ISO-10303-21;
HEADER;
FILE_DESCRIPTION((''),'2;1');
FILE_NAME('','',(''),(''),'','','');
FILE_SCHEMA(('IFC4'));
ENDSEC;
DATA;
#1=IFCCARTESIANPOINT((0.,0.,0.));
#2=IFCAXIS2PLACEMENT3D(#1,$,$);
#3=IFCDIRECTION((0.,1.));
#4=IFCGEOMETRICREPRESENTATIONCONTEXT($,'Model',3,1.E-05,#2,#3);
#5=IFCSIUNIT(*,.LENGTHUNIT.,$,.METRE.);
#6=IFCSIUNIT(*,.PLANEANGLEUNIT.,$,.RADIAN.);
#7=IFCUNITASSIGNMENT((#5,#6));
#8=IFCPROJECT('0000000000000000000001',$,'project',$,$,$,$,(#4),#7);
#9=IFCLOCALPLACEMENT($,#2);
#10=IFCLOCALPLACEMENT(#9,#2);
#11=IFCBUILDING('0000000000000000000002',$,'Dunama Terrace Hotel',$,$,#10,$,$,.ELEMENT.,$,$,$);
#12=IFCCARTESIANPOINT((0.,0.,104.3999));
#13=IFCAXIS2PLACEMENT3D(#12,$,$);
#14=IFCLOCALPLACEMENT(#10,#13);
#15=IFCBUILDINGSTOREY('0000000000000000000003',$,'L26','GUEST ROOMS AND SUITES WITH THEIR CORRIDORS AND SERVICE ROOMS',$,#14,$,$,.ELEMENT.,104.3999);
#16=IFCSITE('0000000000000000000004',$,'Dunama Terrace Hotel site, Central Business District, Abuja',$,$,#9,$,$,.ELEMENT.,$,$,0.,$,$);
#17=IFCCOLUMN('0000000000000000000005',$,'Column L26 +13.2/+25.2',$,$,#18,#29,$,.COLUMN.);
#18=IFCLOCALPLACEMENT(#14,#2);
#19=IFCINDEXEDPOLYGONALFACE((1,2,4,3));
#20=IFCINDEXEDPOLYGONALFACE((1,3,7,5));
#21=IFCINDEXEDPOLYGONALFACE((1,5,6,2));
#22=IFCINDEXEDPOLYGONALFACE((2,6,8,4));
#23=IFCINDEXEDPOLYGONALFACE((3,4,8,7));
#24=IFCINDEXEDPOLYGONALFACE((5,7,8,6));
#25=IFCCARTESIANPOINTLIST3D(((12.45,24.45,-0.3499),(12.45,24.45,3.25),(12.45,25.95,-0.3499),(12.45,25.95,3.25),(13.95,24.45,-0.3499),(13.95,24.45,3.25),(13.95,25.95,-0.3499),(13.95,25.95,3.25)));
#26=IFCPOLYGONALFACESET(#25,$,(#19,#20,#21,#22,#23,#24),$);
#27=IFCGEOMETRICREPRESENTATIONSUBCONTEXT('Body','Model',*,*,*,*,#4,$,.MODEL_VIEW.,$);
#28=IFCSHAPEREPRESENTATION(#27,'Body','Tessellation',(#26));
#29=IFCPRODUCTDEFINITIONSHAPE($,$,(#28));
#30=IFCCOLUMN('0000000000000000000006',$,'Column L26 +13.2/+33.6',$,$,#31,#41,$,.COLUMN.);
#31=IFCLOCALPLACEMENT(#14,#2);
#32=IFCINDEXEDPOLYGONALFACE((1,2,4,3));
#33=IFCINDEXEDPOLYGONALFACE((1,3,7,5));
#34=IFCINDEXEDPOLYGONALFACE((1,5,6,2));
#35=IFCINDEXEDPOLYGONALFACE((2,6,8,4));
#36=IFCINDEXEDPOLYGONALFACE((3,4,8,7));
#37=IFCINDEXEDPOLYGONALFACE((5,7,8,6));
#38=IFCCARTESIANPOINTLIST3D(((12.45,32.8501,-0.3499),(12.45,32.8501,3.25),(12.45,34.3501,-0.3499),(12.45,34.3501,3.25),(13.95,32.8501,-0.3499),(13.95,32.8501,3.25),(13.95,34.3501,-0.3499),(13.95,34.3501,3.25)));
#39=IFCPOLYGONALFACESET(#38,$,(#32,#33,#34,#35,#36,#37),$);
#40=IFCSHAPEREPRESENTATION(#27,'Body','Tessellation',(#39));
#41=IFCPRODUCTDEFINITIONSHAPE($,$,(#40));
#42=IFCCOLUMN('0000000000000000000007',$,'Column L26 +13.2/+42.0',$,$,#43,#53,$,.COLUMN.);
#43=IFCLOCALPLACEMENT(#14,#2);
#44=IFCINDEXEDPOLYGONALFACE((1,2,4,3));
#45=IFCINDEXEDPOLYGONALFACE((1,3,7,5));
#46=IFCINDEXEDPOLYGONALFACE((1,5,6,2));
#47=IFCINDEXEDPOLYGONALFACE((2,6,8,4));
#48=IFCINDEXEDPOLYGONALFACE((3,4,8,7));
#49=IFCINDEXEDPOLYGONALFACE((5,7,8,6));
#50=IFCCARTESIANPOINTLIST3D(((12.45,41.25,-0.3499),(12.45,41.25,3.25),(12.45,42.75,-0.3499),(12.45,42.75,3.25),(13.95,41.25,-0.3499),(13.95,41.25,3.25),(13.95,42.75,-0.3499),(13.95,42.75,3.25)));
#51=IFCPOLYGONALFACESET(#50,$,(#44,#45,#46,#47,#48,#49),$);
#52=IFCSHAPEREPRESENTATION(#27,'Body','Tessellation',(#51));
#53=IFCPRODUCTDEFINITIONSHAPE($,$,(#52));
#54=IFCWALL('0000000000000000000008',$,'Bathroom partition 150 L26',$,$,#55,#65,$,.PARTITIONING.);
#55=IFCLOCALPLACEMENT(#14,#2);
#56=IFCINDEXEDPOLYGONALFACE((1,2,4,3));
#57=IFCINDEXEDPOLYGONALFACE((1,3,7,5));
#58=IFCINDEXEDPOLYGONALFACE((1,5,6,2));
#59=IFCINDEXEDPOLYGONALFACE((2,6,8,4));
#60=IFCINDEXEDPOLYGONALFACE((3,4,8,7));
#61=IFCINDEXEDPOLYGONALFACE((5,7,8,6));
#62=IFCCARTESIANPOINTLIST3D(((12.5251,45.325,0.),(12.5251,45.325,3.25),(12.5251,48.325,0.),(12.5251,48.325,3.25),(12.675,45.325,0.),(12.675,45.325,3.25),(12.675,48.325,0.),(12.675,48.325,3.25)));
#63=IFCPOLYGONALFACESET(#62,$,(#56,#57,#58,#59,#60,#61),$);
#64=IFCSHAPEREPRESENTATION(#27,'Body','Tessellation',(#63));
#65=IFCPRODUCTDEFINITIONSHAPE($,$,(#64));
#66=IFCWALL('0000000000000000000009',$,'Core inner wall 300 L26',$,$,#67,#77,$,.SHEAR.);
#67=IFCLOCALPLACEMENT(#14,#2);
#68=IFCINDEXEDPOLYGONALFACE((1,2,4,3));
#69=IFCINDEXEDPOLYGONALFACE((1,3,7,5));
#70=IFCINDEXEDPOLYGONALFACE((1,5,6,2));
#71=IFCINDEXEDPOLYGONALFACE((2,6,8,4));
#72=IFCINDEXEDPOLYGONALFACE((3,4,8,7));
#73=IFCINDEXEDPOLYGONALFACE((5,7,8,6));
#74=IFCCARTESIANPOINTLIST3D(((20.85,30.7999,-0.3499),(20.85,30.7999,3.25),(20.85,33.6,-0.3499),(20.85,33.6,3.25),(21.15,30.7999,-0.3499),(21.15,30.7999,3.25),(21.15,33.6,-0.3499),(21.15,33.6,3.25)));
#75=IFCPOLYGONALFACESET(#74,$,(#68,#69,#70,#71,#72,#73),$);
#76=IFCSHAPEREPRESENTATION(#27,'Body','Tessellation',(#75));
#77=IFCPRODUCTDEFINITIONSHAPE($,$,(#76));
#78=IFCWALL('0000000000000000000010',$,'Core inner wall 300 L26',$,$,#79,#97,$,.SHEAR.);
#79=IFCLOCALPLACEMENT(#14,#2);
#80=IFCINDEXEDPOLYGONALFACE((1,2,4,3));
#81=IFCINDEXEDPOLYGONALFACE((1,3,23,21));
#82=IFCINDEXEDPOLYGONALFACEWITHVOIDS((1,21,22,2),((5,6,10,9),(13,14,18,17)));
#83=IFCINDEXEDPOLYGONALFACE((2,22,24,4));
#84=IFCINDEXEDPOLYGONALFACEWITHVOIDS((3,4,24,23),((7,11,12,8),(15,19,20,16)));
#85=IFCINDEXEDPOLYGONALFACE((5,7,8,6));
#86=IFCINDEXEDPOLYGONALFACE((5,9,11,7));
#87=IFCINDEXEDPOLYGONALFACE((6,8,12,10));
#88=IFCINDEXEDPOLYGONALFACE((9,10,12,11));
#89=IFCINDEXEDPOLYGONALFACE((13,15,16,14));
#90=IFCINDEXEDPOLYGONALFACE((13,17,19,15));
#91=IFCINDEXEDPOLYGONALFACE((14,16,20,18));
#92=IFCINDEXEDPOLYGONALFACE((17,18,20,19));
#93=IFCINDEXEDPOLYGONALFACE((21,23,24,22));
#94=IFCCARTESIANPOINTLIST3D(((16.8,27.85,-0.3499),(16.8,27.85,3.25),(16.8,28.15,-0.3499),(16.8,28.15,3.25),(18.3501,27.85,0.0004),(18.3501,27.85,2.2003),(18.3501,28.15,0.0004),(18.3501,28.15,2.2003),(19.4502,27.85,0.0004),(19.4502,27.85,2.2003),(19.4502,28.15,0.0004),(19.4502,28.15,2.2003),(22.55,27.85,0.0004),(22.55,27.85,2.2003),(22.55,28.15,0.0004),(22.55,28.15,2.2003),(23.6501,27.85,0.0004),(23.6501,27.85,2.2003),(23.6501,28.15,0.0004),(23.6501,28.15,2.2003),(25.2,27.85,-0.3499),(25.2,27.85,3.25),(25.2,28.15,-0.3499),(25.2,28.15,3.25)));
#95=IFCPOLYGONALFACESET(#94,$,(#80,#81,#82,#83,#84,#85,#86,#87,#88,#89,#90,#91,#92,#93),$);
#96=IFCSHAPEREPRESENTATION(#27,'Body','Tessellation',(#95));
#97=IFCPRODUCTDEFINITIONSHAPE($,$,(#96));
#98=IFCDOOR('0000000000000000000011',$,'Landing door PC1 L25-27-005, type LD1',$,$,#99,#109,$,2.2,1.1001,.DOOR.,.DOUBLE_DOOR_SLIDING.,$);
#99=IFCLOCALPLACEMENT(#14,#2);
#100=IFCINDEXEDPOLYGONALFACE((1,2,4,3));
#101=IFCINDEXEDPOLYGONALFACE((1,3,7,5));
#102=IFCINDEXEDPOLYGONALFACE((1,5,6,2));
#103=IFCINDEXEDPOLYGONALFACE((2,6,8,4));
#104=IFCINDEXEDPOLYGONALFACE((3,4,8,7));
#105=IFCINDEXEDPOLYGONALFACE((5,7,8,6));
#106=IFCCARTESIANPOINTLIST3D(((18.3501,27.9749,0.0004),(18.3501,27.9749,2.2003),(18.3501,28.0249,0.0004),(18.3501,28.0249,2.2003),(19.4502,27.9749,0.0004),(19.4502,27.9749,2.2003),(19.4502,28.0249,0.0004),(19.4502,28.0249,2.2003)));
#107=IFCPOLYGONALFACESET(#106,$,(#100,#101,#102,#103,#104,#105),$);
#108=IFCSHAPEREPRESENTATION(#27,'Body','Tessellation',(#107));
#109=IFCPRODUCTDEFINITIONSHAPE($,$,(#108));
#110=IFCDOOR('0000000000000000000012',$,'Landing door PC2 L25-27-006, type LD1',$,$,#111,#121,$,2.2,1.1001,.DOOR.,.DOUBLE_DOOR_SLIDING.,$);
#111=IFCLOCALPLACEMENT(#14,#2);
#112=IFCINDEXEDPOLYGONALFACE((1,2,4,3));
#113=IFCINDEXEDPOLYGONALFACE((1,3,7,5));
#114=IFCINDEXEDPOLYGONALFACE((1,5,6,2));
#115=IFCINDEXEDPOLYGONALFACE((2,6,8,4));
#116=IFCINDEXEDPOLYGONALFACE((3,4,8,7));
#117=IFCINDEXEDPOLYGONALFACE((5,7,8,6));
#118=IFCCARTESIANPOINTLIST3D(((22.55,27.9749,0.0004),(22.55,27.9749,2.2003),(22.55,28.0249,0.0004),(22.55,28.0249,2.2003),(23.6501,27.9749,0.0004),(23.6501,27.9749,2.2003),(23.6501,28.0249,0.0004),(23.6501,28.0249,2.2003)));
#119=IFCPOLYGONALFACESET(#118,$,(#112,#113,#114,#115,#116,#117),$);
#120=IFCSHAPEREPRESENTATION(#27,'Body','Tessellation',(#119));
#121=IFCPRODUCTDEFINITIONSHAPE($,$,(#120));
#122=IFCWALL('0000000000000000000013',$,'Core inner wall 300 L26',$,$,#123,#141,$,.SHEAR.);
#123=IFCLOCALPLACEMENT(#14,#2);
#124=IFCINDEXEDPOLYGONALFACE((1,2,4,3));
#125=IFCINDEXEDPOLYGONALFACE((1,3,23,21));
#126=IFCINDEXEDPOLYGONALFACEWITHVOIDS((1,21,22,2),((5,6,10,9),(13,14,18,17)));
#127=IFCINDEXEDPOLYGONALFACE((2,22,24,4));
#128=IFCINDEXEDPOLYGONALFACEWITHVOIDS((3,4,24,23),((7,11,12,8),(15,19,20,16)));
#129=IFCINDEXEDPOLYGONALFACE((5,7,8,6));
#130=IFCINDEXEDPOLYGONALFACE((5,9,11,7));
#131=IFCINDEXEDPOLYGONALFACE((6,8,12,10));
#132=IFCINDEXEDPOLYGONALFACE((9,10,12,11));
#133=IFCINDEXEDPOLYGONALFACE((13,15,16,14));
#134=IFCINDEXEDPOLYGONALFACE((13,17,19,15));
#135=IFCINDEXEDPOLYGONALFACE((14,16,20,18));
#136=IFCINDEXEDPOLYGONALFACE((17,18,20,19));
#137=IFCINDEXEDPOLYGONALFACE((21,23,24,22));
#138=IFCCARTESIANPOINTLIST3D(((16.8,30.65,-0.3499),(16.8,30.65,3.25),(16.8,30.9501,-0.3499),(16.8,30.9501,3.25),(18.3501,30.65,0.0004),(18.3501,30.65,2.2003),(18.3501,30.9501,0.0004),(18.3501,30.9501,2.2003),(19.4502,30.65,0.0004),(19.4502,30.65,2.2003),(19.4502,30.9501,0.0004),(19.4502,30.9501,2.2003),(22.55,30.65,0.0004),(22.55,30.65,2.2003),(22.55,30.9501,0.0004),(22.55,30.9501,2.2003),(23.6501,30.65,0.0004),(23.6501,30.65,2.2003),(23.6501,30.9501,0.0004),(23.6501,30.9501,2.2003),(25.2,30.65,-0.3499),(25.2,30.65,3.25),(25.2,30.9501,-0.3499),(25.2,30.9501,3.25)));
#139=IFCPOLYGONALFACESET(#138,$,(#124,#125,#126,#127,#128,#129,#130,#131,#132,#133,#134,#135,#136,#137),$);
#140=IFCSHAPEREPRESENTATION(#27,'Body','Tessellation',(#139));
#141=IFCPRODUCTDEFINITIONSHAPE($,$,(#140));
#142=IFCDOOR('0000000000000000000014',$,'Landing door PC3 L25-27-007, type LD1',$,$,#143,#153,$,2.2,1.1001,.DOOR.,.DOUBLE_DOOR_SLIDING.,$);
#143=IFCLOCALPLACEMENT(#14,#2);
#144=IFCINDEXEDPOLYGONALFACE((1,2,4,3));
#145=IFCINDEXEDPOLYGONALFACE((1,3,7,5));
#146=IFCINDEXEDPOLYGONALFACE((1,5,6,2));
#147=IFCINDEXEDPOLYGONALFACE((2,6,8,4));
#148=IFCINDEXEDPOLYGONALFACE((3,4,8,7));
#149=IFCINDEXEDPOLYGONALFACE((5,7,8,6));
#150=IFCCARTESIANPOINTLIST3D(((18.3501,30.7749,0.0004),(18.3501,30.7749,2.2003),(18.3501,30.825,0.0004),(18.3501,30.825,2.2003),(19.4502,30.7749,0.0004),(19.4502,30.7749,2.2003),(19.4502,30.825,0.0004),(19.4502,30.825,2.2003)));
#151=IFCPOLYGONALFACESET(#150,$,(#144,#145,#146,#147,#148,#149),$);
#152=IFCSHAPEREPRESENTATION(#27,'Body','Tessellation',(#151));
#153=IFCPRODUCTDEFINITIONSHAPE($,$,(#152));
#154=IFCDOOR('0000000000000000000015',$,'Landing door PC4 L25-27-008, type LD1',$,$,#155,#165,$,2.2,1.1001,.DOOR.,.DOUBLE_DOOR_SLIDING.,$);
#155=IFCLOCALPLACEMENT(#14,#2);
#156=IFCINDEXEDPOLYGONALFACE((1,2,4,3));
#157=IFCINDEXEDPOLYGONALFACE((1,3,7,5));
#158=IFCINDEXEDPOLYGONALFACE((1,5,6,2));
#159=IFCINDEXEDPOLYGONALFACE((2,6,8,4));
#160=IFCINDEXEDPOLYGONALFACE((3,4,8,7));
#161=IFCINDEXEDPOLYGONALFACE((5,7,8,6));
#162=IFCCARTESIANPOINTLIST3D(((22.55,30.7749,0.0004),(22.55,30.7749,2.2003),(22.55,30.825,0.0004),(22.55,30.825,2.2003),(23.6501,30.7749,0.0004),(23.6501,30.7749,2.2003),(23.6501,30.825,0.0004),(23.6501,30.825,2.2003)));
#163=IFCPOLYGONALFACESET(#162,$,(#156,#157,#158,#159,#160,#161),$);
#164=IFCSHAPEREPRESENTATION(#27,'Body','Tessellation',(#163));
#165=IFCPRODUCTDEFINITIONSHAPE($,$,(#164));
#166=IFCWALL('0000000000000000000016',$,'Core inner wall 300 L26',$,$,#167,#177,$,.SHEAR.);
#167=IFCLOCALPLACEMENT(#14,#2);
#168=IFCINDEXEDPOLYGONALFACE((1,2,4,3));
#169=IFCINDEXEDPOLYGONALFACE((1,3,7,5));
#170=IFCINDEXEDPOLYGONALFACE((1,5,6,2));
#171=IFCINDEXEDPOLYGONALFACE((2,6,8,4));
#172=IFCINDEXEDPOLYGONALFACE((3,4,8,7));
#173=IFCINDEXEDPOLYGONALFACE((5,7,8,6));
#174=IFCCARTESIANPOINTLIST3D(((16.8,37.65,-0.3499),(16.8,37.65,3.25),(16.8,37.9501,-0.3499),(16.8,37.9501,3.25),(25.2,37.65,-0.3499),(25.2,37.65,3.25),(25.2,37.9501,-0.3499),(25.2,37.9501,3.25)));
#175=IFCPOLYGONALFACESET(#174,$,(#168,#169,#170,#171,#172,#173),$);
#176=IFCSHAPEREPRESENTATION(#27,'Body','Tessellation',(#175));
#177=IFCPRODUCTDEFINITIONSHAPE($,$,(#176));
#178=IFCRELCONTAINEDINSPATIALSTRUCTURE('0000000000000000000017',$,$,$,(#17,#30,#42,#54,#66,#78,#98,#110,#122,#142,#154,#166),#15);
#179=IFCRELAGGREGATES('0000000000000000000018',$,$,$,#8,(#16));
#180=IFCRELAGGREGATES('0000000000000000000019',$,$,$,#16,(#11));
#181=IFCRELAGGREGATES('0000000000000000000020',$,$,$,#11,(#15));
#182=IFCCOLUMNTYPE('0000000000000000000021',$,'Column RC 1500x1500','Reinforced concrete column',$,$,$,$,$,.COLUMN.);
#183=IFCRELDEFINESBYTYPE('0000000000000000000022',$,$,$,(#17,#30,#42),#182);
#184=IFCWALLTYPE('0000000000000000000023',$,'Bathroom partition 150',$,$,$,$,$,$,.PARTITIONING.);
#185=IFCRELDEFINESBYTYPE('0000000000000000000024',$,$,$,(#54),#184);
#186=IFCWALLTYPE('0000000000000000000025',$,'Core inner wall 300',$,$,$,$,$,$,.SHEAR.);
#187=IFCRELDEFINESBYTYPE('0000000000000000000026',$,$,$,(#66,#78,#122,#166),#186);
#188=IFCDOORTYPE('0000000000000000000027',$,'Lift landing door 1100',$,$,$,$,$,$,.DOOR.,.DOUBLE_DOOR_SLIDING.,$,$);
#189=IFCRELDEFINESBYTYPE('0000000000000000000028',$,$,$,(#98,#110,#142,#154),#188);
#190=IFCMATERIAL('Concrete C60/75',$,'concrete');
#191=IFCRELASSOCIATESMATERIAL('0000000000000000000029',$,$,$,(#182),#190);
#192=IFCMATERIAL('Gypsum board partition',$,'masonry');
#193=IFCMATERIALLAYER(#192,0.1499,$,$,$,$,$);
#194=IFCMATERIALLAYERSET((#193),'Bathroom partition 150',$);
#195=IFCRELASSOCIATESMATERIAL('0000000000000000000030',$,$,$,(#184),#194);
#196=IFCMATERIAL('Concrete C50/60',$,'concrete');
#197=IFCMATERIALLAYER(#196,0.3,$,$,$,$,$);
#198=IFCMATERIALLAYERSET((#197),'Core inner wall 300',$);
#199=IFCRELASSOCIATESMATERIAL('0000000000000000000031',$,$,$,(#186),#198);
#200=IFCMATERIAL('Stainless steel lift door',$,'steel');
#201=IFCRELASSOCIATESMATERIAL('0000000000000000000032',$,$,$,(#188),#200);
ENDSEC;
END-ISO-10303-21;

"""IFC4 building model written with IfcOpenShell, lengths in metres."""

from ifc_helpers import new_model, si_unit, direction, frame, frame_2d, origin, origin_2d, place, context, subcontext, project, spatial, rectangle, extrude, material, layer, layer_set, material_profile, profile_set, type_object, element, fill, save


model = new_model("IFC4")

# Units and contexts
model_context = context("Model", 3, precision=1e-05, world=origin(), true_north=direction((0.0, 1.0)))
body_context = subcontext(model_context, "Body", "Model", "MODEL_VIEW")
ifc_project = project(units=[si_unit("LENGTHUNIT", "METRE"), si_unit("PLANEANGLEUNIT", "RADIAN")], contexts=[model_context])

# Site, building, storey
site_placement = place(None, origin())
site = spatial("IfcSite", under=ifc_project, at=site_placement, Name="Dunama Terrace Hotel site, Central Business District, Abuja", CompositionType="ELEMENT", RefElevation=0.0)
building_placement = place(site_placement, origin())
building = spatial("IfcBuilding", under=site, at=building_placement, Name="Dunama Terrace Hotel", CompositionType="ELEMENT")
storey_placement = place(building_placement, frame((0.0, 0.0, 104.3999)))
storey = spatial("IfcBuildingStorey", under=building, at=storey_placement, Name="L26", Description="GUEST ROOMS AND SUITES WITH THEIR CORRIDORS AND SERVICE ROOMS", CompositionType="ELEMENT", Elevation=104.3999)

# Columns
ifc_material_1 = material(Name="Concrete C60/75", Category="concrete")
ifc_material_profile = material_profile(ifc_material_1, rectangle(XDim=1.5, YDim=1.5, at=origin_2d()), Name="RC 1500x1500")
ifc_profile_set = profile_set([ifc_material_profile], Name="Concrete C60/75")
column_type = type_object("IfcColumnType", Name="Column RC 1500x1500", Description="Reinforced concrete column", PredefinedType="COLUMN", material=ifc_profile_set)
for number, where, z_axis, x_axis, name in (
    (1, (13.2, 25.2, -0.3499), (0.0, 0.0, 1.0), (1.0, 0.0, 0.0), "Column L26 +13.2/+25.2"),
    (2, (13.2, 33.6001, -0.3499), (0.0, 0.0, 1.0), (1.0, 0.0, 0.0), "Column L26 +13.2/+33.6"),
    (3, (13.2, 42.0, -0.3499), (0.0, 0.0, 1.0), (1.0, 0.0, 0.0), "Column L26 +13.2/+42.0"),
):
    element("IfcColumn", number, at=place(storey_placement, frame(where, z_axis=z_axis, x_axis=x_axis)), inside=storey, type_object=column_type, Name=name, PredefinedType="COLUMN", context=body_context, shape_type="SweptSolid", body=[
        extrude(rectangle(XDim=1.5, YDim=1.5, at=origin_2d()), origin(), (0.0, 0.0, 1.0), 3.5999),
    ])

# Walls
ifc_material_2 = material(Name="Gypsum board partition", Category="masonry")
ifc_layer_1 = layer(ifc_material_2, 0.1499)
ifc_layer_set_1 = layer_set([ifc_layer_1], Name="Bathroom partition 150")
wall_type_1 = type_object("IfcWallType", Name="Bathroom partition 150", PredefinedType="PARTITIONING", material=ifc_layer_set_1)
wall_1_placement = place(storey_placement, frame((12.6001, 45.325, 0.0), z_axis=(0.0, 0.0, 1.0), x_axis=(0.0, 1.0, 0.0)))
element("IfcWall", 4, at=wall_1_placement, inside=storey, type_object=wall_type_1, Name="Bathroom partition 150 L26", PredefinedType="PARTITIONING", context=body_context, shape_type="SweptSolid", body=[
    extrude(rectangle(XDim=3.0, YDim=0.1499, at=frame_2d((1.5, 0.0))), origin(), (0.0, 0.0, 1.0), 3.25),
])
ifc_material_3 = material(Name="Concrete C50/60", Category="concrete")
ifc_layer_2 = layer(ifc_material_3, 0.3)
ifc_layer_set_2 = layer_set([ifc_layer_2], Name="Core inner wall 300")
wall_type_2 = type_object("IfcWallType", Name="Core inner wall 300", PredefinedType="SHEAR", material=ifc_layer_set_2)
wall_2_placement = place(storey_placement, frame((21.0, 30.8, -0.3499), z_axis=(0.0, 0.0, 1.0), x_axis=(0.0, 1.0, 0.0)))
element("IfcWall", 5, at=wall_2_placement, inside=storey, type_object=wall_type_2, Name="Core inner wall 300 L26", PredefinedType="SHEAR", context=body_context, shape_type="SweptSolid", body=[
    extrude(rectangle(XDim=2.8, YDim=0.3, at=frame_2d((1.3999, 0.0))), origin(), (0.0, 0.0, 1.0), 3.5999),
])

# Walls, openings, doors
wall_3_placement = place(storey_placement, frame((16.8, 28.0, -0.3499), z_axis=(0.0, 0.0, 1.0), x_axis=(1.0, 0.0, 0.0)))
wall_3 = element("IfcWall", 6, at=wall_3_placement, inside=storey, type_object=wall_type_2, Name="Core inner wall 300 L26", PredefinedType="SHEAR", context=body_context, shape_type="SweptSolid", body=[
    extrude(rectangle(XDim=8.3999, YDim=0.3, at=frame_2d((4.2, 0.0))), origin(), (0.0, 0.0, 1.0), 3.5999),
])
opening_1_placement = place(wall_3_placement, frame((1.55, 0.0, 0.3501)))
opening_1 = element("IfcOpeningElement", 7, at=opening_1_placement, cuts=wall_3, PredefinedType="OPENING", context=body_context, shape_type="SweptSolid", body=[
    extrude(rectangle(XDim=1.1001, YDim=2.2, at=frame_2d((0.55, 1.1001))), frame((0.0, 0.1599, 0.0), z_axis=(0.0, -1.0, 0.0), x_axis=(1.0, 0.0, 0.0)), (0.0, 0.0, 1.0), 0.3201),
])
opening_2_placement = place(wall_3_placement, frame((5.75, 0.0, 0.3501)))
opening_2 = element("IfcOpeningElement", 8, at=opening_2_placement, cuts=wall_3, PredefinedType="OPENING", context=body_context, shape_type="SweptSolid", body=[
    extrude(rectangle(XDim=1.1001, YDim=2.2, at=frame_2d((0.55, 1.1001))), frame((0.0, 0.1599, 0.0), z_axis=(0.0, -1.0, 0.0), x_axis=(1.0, 0.0, 0.0)), (0.0, 0.0, 1.0), 0.3201),
])
ifc_material_4 = material(Name="Stainless steel lift door", Category="steel")
door_type_1 = type_object("IfcDoorType", Name="Lift landing door 1100", OperationType="DOUBLE_DOOR_SLIDING", PredefinedType="DOOR", material=ifc_material_4)
door_1_placement = place(opening_1_placement, origin())
door_1 = element("IfcDoor", 9, at=door_1_placement, inside=storey, type_object=door_type_1, Name="Landing door PC1 L25-27-005, type LD1", OperationType="DOUBLE_DOOR_SLIDING", OverallHeight=2.2, OverallWidth=1.1001, PredefinedType="DOOR", context=body_context, shape_type="SweptSolid", body=[
    extrude(rectangle(XDim=1.1001, YDim=2.2, at=frame_2d((0.55, 1.1001))), frame((0.0, 0.0249, 0.0), z_axis=(0.0, -1.0, 0.0), x_axis=(1.0, 0.0, 0.0)), (0.0, 0.0, 1.0), 0.05),
])
fill(opening_1, door_1)
door_2_placement = place(opening_2_placement, origin())
door_2 = element("IfcDoor", 10, at=door_2_placement, inside=storey, type_object=door_type_1, Name="Landing door PC2 L25-27-006, type LD1", OperationType="DOUBLE_DOOR_SLIDING", OverallHeight=2.2, OverallWidth=1.1001, PredefinedType="DOOR", context=body_context, shape_type="SweptSolid", body=[
    extrude(rectangle(XDim=1.1001, YDim=2.2, at=frame_2d((0.55, 1.1001))), frame((0.0, 0.0249, 0.0), z_axis=(0.0, -1.0, 0.0), x_axis=(1.0, 0.0, 0.0)), (0.0, 0.0, 1.0), 0.05),
])
fill(opening_2, door_2)
wall_4_placement = place(storey_placement, frame((16.8, 30.8, -0.3499), z_axis=(0.0, 0.0, 1.0), x_axis=(1.0, 0.0, 0.0)))
wall_4 = element("IfcWall", 11, at=wall_4_placement, inside=storey, type_object=wall_type_2, Name="Core inner wall 300 L26", PredefinedType="SHEAR", context=body_context, shape_type="SweptSolid", body=[
    extrude(rectangle(XDim=8.3999, YDim=0.3, at=frame_2d((4.2, 0.0))), origin(), (0.0, 0.0, 1.0), 3.5999),
])
opening_3_placement = place(wall_4_placement, frame((1.55, 0.0, 0.3501)))
opening_3 = element("IfcOpeningElement", 12, at=opening_3_placement, cuts=wall_4, PredefinedType="OPENING", context=body_context, shape_type="SweptSolid", body=[
    extrude(rectangle(XDim=1.1001, YDim=2.2, at=frame_2d((0.55, 1.1001))), frame((0.0, 0.1599, 0.0), z_axis=(0.0, -1.0, 0.0), x_axis=(1.0, 0.0, 0.0)), (0.0, 0.0, 1.0), 0.3201),
])
opening_4_placement = place(wall_4_placement, frame((5.75, 0.0, 0.3501)))
opening_4 = element("IfcOpeningElement", 13, at=opening_4_placement, cuts=wall_4, PredefinedType="OPENING", context=body_context, shape_type="SweptSolid", body=[
    extrude(rectangle(XDim=1.1001, YDim=2.2, at=frame_2d((0.55, 1.1001))), frame((0.0, 0.1599, 0.0), z_axis=(0.0, -1.0, 0.0), x_axis=(1.0, 0.0, 0.0)), (0.0, 0.0, 1.0), 0.3201),
])
door_3_placement = place(opening_3_placement, origin())
door_3 = element("IfcDoor", 14, at=door_3_placement, inside=storey, type_object=door_type_1, Name="Landing door PC3 L25-27-007, type LD1", OperationType="DOUBLE_DOOR_SLIDING", OverallHeight=2.2, OverallWidth=1.1001, PredefinedType="DOOR", context=body_context, shape_type="SweptSolid", body=[
    extrude(rectangle(XDim=1.1001, YDim=2.2, at=frame_2d((0.55, 1.1001))), frame((0.0, 0.0249, 0.0), z_axis=(0.0, -1.0, 0.0), x_axis=(1.0, 0.0, 0.0)), (0.0, 0.0, 1.0), 0.05),
])
fill(opening_3, door_3)
door_4_placement = place(opening_4_placement, origin())
door_4 = element("IfcDoor", 15, at=door_4_placement, inside=storey, type_object=door_type_1, Name="Landing door PC4 L25-27-008, type LD1", OperationType="DOUBLE_DOOR_SLIDING", OverallHeight=2.2, OverallWidth=1.1001, PredefinedType="DOOR", context=body_context, shape_type="SweptSolid", body=[
    extrude(rectangle(XDim=1.1001, YDim=2.2, at=frame_2d((0.55, 1.1001))), frame((0.0, 0.0249, 0.0), z_axis=(0.0, -1.0, 0.0), x_axis=(1.0, 0.0, 0.0)), (0.0, 0.0, 1.0), 0.05),
])
fill(opening_4, door_4)

# Wall
wall_5_placement = place(storey_placement, frame((16.8, 37.8, -0.3499), z_axis=(0.0, 0.0, 1.0), x_axis=(1.0, 0.0, 0.0)))
element("IfcWall", 16, at=wall_5_placement, inside=storey, type_object=wall_type_2, Name="Core inner wall 300 L26", PredefinedType="SHEAR", context=body_context, shape_type="SweptSolid", body=[
    extrude(rectangle(XDim=8.3999, YDim=0.3, at=frame_2d((4.2, 0.0))), origin(), (0.0, 0.0, 1.0), 3.5999),
])

save(model, "model.ifc")
